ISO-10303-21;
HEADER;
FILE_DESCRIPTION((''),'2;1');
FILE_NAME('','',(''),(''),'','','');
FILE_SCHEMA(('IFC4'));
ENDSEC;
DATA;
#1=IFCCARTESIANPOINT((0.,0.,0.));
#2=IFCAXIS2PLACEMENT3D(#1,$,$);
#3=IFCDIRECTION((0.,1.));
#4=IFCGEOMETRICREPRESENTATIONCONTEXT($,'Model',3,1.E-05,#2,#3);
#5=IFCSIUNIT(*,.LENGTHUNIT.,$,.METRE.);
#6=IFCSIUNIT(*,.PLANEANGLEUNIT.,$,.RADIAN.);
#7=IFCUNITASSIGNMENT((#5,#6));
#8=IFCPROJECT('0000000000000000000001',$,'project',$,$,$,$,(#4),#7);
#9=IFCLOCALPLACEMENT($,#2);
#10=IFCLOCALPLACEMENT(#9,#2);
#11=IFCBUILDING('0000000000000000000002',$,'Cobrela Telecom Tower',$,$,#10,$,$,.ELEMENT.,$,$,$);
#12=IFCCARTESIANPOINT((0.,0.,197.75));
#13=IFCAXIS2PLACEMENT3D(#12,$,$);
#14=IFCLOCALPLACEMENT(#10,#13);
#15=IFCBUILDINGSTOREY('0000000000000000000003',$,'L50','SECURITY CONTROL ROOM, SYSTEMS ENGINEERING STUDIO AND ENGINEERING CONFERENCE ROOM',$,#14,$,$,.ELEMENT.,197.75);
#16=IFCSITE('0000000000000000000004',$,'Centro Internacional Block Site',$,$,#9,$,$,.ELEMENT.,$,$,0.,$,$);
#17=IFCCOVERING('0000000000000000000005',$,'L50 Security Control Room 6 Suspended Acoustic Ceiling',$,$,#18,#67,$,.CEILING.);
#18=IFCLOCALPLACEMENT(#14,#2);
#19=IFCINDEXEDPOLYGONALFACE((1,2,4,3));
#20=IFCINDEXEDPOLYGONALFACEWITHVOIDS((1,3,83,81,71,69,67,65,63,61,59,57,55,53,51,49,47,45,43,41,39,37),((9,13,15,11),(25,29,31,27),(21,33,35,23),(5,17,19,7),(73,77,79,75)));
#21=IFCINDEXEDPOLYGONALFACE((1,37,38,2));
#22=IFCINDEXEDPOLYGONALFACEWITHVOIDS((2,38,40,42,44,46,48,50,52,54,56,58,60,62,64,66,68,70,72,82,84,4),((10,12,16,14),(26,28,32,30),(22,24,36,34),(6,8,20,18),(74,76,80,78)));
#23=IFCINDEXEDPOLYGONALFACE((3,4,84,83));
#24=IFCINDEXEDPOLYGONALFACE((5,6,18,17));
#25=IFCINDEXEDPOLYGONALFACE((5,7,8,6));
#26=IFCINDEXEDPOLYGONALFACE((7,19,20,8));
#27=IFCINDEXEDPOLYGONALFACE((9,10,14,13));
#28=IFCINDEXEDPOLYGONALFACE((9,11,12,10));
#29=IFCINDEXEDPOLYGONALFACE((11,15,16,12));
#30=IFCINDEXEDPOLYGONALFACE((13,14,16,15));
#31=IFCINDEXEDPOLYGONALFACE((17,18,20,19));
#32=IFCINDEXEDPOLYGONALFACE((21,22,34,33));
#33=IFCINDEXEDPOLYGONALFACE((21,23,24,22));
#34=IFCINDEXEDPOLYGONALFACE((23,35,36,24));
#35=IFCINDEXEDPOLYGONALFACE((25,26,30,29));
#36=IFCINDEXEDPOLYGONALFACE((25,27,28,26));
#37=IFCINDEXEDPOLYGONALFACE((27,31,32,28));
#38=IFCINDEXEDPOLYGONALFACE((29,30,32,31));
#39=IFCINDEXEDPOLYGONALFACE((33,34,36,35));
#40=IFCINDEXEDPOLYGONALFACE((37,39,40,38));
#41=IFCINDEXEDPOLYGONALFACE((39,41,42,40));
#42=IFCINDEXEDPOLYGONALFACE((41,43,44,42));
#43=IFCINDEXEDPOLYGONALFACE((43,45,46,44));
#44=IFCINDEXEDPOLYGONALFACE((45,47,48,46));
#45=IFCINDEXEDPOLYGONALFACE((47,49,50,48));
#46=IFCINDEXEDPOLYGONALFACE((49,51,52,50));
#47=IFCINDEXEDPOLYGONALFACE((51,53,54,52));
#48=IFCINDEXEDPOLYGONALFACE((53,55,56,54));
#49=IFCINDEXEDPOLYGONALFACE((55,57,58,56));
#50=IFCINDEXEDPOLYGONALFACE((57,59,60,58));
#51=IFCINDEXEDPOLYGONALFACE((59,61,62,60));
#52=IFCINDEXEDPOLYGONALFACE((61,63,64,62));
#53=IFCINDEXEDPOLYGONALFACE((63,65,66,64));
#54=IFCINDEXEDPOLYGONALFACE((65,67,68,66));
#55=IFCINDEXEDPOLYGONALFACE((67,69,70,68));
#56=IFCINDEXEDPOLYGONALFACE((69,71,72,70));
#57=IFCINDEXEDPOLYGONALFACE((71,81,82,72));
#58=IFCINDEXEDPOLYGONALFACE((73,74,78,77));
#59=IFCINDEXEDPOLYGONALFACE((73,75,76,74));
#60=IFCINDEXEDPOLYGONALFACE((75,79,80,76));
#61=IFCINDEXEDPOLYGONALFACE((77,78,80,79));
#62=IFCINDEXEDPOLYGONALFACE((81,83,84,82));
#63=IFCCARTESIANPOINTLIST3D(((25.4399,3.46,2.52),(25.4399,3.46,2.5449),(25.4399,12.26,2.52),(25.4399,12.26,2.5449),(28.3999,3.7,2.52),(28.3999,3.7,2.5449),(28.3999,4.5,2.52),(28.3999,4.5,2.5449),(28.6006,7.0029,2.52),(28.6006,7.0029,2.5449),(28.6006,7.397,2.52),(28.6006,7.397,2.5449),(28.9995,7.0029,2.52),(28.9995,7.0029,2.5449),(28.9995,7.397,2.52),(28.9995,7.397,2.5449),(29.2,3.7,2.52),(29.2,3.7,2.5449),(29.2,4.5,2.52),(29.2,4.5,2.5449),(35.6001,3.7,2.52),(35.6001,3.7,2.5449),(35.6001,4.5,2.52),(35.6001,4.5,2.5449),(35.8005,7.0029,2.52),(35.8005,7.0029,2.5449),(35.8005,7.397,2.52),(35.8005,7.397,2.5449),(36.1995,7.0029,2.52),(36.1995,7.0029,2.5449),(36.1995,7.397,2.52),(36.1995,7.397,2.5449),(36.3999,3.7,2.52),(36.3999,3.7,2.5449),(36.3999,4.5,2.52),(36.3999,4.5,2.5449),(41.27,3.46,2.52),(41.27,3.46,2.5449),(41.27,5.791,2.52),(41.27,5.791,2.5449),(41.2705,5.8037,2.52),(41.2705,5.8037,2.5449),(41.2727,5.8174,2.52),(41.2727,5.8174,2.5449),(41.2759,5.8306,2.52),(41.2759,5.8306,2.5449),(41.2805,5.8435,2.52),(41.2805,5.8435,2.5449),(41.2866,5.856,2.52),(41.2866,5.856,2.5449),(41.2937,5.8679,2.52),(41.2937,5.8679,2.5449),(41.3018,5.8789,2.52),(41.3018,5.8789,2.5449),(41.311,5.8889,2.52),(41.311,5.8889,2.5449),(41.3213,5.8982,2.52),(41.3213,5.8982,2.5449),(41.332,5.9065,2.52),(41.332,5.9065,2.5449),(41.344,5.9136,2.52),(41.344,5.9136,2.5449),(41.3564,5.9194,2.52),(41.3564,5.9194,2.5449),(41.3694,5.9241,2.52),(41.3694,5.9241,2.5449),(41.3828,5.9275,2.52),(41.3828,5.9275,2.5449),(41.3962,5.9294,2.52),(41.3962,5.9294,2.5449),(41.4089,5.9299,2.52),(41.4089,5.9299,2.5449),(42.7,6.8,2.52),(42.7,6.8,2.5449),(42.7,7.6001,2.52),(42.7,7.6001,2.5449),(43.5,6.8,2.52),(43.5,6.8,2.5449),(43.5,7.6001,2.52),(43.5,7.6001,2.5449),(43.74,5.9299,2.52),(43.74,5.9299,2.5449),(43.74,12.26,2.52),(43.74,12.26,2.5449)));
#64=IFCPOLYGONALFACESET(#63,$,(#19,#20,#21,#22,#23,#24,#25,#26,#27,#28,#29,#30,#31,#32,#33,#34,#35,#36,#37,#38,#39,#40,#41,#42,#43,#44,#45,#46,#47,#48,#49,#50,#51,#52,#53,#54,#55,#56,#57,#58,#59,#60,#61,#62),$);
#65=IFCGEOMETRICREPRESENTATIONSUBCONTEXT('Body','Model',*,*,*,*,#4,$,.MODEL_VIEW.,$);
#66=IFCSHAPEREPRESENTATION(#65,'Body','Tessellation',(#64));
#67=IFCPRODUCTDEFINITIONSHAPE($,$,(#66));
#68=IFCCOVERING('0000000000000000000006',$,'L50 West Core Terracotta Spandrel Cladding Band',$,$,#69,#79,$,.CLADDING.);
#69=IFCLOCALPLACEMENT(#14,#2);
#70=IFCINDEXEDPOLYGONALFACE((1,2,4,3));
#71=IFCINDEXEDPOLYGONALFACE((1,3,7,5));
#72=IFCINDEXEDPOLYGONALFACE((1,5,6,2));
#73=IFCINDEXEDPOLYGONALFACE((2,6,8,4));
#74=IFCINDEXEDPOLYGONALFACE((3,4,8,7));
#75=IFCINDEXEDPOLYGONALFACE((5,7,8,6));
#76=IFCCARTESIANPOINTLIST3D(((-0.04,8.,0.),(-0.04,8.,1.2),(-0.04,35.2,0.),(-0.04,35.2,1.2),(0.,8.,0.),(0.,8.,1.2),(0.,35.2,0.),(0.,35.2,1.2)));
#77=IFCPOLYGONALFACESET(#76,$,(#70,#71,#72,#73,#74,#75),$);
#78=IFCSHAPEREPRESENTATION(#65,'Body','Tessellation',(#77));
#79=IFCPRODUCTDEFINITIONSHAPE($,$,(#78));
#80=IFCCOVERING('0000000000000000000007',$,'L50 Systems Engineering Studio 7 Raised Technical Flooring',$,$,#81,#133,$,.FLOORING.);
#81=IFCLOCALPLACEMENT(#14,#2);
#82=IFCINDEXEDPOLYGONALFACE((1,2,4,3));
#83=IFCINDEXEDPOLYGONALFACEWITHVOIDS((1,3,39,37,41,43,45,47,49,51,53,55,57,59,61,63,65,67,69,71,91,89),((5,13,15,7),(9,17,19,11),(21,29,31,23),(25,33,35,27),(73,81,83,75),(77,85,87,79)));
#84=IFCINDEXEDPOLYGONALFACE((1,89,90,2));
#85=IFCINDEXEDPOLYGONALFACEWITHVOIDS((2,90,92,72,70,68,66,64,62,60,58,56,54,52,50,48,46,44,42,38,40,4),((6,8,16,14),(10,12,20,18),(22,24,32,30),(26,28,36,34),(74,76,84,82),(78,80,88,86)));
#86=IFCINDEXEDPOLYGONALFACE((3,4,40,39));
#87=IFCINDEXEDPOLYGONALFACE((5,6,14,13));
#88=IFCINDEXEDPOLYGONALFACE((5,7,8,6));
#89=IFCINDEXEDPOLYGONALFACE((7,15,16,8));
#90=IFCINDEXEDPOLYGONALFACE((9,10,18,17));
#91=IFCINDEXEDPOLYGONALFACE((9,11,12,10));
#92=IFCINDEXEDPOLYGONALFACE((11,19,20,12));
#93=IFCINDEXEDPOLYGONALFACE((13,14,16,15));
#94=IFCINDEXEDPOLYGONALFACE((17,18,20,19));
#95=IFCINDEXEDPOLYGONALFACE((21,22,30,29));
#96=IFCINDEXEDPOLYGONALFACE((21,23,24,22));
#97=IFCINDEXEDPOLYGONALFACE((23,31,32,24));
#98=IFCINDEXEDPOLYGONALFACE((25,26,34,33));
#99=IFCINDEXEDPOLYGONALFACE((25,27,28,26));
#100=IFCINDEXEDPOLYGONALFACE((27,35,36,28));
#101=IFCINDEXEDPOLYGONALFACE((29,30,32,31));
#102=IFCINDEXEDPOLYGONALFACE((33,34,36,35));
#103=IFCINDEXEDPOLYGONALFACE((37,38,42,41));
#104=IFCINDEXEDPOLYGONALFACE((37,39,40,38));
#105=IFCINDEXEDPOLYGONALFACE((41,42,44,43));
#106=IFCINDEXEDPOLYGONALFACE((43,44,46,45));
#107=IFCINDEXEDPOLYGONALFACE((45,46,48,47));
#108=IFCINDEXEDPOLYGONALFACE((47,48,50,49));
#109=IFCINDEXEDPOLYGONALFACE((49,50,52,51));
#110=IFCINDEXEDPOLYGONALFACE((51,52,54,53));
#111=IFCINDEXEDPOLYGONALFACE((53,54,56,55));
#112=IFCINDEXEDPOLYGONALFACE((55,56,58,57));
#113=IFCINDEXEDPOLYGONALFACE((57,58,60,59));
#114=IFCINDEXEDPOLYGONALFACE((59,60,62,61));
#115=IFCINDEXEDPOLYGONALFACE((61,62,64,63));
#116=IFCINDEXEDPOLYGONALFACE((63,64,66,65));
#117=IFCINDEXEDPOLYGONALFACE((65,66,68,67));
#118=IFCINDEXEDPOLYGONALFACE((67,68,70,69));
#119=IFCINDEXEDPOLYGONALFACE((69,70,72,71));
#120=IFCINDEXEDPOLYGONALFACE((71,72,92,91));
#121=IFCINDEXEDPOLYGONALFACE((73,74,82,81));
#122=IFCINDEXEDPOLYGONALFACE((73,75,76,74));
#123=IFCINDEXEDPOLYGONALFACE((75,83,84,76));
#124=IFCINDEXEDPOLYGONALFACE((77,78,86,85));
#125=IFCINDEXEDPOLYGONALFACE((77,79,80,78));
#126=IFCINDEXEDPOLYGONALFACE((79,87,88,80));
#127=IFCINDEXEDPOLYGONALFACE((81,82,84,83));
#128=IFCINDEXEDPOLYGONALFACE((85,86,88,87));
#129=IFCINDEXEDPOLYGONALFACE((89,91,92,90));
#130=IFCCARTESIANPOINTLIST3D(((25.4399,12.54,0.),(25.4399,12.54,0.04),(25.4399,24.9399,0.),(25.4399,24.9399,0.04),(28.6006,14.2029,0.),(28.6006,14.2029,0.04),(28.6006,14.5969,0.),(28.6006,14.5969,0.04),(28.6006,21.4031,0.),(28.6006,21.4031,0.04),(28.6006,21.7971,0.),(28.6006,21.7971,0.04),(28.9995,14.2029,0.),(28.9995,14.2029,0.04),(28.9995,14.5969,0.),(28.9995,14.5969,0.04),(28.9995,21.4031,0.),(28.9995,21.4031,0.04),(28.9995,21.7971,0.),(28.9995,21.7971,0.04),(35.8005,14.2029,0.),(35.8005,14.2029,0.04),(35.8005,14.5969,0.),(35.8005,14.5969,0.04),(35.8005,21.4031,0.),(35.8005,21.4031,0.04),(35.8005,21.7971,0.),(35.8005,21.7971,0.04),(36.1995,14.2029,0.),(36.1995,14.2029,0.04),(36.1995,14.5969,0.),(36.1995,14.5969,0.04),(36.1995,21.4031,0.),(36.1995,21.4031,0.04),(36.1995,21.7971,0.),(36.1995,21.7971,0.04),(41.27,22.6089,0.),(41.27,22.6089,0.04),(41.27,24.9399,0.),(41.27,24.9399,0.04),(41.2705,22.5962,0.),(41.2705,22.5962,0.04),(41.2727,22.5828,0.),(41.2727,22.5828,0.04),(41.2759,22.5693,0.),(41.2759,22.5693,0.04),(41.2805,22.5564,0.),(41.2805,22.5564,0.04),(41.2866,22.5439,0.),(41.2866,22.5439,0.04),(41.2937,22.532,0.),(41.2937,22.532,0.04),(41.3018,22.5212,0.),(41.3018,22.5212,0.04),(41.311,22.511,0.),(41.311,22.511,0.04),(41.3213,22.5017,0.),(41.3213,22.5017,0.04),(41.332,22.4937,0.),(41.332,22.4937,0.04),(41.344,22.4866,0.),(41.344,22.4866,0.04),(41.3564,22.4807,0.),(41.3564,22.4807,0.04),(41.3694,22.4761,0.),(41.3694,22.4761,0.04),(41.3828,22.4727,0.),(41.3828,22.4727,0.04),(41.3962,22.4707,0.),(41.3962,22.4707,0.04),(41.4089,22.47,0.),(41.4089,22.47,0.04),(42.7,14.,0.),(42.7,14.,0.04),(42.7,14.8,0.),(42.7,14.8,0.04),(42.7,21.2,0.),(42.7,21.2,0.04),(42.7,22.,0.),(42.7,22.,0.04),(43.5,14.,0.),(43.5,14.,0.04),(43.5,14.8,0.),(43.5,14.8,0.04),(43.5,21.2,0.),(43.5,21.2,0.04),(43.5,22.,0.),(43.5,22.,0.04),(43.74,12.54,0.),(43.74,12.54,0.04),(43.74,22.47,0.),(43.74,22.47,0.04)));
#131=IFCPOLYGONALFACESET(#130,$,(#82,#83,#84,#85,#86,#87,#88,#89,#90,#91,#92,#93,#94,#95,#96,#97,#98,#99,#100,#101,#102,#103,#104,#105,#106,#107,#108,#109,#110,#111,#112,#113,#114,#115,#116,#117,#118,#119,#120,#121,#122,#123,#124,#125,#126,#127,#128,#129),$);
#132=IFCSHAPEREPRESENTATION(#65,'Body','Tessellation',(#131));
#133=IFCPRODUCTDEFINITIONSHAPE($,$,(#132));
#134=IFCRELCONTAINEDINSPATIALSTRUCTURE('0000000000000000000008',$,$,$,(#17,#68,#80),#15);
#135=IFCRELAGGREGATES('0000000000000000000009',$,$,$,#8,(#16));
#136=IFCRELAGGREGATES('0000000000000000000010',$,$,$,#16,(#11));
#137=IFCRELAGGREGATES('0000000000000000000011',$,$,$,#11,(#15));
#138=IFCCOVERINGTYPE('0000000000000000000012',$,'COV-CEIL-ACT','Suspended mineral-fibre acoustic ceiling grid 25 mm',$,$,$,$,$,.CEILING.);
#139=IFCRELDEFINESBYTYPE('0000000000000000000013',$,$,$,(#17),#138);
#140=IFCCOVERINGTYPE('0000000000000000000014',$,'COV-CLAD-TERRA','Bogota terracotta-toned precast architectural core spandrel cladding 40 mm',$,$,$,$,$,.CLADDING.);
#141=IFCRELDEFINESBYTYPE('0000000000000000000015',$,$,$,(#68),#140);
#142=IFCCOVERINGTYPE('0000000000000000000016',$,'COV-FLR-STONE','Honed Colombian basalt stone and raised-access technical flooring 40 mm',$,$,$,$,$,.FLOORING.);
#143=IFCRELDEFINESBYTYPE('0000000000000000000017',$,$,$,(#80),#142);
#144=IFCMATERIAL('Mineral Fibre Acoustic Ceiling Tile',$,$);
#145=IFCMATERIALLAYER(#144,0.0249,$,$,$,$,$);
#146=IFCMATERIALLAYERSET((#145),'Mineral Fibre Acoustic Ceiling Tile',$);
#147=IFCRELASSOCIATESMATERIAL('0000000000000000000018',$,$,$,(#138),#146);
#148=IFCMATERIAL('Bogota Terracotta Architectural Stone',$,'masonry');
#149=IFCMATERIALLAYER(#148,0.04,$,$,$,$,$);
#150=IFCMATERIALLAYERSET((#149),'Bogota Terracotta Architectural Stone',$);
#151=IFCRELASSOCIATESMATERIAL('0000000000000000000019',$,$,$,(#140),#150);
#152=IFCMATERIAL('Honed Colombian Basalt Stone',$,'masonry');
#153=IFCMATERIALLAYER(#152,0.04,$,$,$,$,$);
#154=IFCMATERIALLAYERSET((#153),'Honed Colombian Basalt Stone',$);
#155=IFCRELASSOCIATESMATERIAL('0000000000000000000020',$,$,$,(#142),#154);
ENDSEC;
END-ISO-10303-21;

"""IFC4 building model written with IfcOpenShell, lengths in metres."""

from ifc_helpers import new_model, si_unit, direction, frame, origin, place, context, subcontext, project, spatial, polyline, outline, extrude, material, layer, layer_set, type_object, element, save


model = new_model("IFC4")

# Units and contexts
model_context = context("Model", 3, precision=1e-05, world=origin(), true_north=direction((0.0, 1.0)))
body_context = subcontext(model_context, "Body", "Model", "MODEL_VIEW")
ifc_project = project(units=[si_unit("LENGTHUNIT", "METRE"), si_unit("PLANEANGLEUNIT", "RADIAN")], contexts=[model_context])

# Site, building, storey
site_placement = place(None, origin())
site = spatial("IfcSite", under=ifc_project, at=site_placement, Name="Centro Internacional Block Site", CompositionType="ELEMENT", RefElevation=0.0)
building_placement = place(site_placement, origin())
building = spatial("IfcBuilding", under=site, at=building_placement, Name="Cobrela Telecom Tower", CompositionType="ELEMENT")
storey_placement = place(building_placement, frame((0.0, 0.0, 197.75)))
storey = spatial("IfcBuildingStorey", under=building, at=storey_placement, Name="L50", Description="SECURITY CONTROL ROOM, SYSTEMS ENGINEERING STUDIO AND ENGINEERING CONFERENCE ROOM", CompositionType="ELEMENT", Elevation=197.75)

# Coverings
ifc_material_1 = material(Name="Mineral Fibre Acoustic Ceiling Tile")
ifc_layer_1 = layer(ifc_material_1, 0.0249)
ifc_layer_set_1 = layer_set([ifc_layer_1], Name="Mineral Fibre Acoustic Ceiling Tile")
covering_type_1 = type_object("IfcCoveringType", Name="COV-CEIL-ACT", Description="Suspended mineral-fibre acoustic ceiling grid 25 mm", PredefinedType="CEILING", material=ifc_layer_set_1)
covering_1_placement = place(storey_placement, frame((0.0, 0.0, 2.52)))
element("IfcCovering", 1, at=covering_1_placement, inside=storey, type_object=covering_type_1, Name="L50 Security Control Room 6 Suspended Acoustic Ceiling", PredefinedType="CEILING", context=body_context, shape_type="SweptSolid", body=[
    extrude(outline(polyline([(43.74, 5.9299), (41.4089, 5.9299), (41.3962, 5.9294), (41.3828, 5.9275), (41.3694, 5.9241), (41.3564, 5.9194), (41.344, 5.9136), (41.332, 5.9065), (41.3213, 5.8982), (41.311, 5.8889), (41.3018, 5.8789), (41.2937, 5.8679), (41.2866, 5.856), (41.2805, 5.8435), (41.2759, 5.8306), (41.2727, 5.8174), (41.2705, 5.8037), (41.27, 5.791), (41.27, 3.46), (25.4399, 3.46), (25.4399, 12.26), (43.74, 12.26), (43.74, 5.9299)]), holes=[polyline([(29.2, 3.7), (29.2, 4.5), (28.3999, 4.5), (28.3999, 3.7), (29.2, 3.7)]), polyline([(36.3999, 4.5), (35.6001, 4.5), (35.6001, 3.7), (36.3999, 3.7), (36.3999, 4.5)]), polyline([(28.9995, 7.397), (28.6006, 7.397), (28.6006, 7.0029), (28.9995, 7.0029), (28.9995, 7.397)]), polyline([(36.1995, 7.0029), (36.1995, 7.397), (35.8005, 7.397), (35.8005, 7.0029), (36.1995, 7.0029)]), polyline([(43.5, 6.8), (43.5, 7.6001), (42.7, 7.6001), (42.7, 6.8), (43.5, 6.8)])]), origin(), (0.0, 0.0, 1.0), 0.0249),
])
ifc_material_2 = material(Name="Bogota Terracotta Architectural Stone", Category="masonry")
ifc_layer_2 = layer(ifc_material_2, 0.04)
ifc_layer_set_2 = layer_set([ifc_layer_2], Name="Bogota Terracotta Architectural Stone")
covering_type_2 = type_object("IfcCoveringType", Name="COV-CLAD-TERRA", Description="Bogota terracotta-toned precast architectural core spandrel cladding 40 mm", PredefinedType="CLADDING", material=ifc_layer_set_2)
covering_2_placement = place(storey_placement, origin())
element("IfcCovering", 2, at=covering_2_placement, inside=storey, type_object=covering_type_2, Name="L50 West Core Terracotta Spandrel Cladding Band", PredefinedType="CLADDING", context=body_context, shape_type="SweptSolid", body=[
    extrude(outline(polyline([(-0.04, 8.0), (0.0, 8.0), (0.0, 35.2), (-0.04, 35.2), (-0.04, 8.0)])), origin(), (0.0, 0.0, 1.0), 1.2),
])
ifc_material_3 = material(Name="Honed Colombian Basalt Stone", Category="masonry")
ifc_layer_3 = layer(ifc_material_3, 0.04)
ifc_layer_set_3 = layer_set([ifc_layer_3], Name="Honed Colombian Basalt Stone")
covering_type_3 = type_object("IfcCoveringType", Name="COV-FLR-STONE", Description="Honed Colombian basalt stone and raised-access technical flooring 40 mm", PredefinedType="FLOORING", material=ifc_layer_set_3)
covering_3_placement = place(storey_placement, origin())
element("IfcCovering", 3, at=covering_3_placement, inside=storey, type_object=covering_type_3, Name="L50 Systems Engineering Studio 7 Raised Technical Flooring", PredefinedType="FLOORING", context=body_context, shape_type="SweptSolid", body=[
    extrude(outline(polyline([(41.27, 24.9399), (41.27, 22.6089), (41.2705, 22.5962), (41.2727, 22.5828), (41.2759, 22.5693), (41.2805, 22.5564), (41.2866, 22.5439), (41.2937, 22.532), (41.3018, 22.5212), (41.311, 22.511), (41.3213, 22.5017), (41.332, 22.4937), (41.344, 22.4866), (41.3564, 22.4807), (41.3694, 22.4761), (41.3828, 22.4727), (41.3962, 22.4707), (41.4089, 22.47), (43.74, 22.47), (43.74, 12.54), (25.4399, 12.54), (25.4399, 24.9399), (41.27, 24.9399)]), holes=[polyline([(28.9995, 14.5969), (28.6006, 14.5969), (28.6006, 14.2029), (28.9995, 14.2029), (28.9995, 14.5969)]), polyline([(36.1995, 14.2029), (36.1995, 14.5969), (35.8005, 14.5969), (35.8005, 14.2029), (36.1995, 14.2029)]), polyline([(43.5, 14.0), (43.5, 14.8), (42.7, 14.8), (42.7, 14.0), (43.5, 14.0)]), polyline([(28.9995, 21.7971), (28.6006, 21.7971), (28.6006, 21.4031), (28.9995, 21.4031), (28.9995, 21.7971)]), polyline([(36.1995, 21.4031), (36.1995, 21.7971), (35.8005, 21.7971), (35.8005, 21.4031), (36.1995, 21.4031)]), polyline([(43.5, 21.2), (43.5, 22.0), (42.7, 22.0), (42.7, 21.2), (43.5, 21.2)])]), origin(), (0.0, 0.0, 1.0), 0.04),
])

save(model, "model.ifc")
